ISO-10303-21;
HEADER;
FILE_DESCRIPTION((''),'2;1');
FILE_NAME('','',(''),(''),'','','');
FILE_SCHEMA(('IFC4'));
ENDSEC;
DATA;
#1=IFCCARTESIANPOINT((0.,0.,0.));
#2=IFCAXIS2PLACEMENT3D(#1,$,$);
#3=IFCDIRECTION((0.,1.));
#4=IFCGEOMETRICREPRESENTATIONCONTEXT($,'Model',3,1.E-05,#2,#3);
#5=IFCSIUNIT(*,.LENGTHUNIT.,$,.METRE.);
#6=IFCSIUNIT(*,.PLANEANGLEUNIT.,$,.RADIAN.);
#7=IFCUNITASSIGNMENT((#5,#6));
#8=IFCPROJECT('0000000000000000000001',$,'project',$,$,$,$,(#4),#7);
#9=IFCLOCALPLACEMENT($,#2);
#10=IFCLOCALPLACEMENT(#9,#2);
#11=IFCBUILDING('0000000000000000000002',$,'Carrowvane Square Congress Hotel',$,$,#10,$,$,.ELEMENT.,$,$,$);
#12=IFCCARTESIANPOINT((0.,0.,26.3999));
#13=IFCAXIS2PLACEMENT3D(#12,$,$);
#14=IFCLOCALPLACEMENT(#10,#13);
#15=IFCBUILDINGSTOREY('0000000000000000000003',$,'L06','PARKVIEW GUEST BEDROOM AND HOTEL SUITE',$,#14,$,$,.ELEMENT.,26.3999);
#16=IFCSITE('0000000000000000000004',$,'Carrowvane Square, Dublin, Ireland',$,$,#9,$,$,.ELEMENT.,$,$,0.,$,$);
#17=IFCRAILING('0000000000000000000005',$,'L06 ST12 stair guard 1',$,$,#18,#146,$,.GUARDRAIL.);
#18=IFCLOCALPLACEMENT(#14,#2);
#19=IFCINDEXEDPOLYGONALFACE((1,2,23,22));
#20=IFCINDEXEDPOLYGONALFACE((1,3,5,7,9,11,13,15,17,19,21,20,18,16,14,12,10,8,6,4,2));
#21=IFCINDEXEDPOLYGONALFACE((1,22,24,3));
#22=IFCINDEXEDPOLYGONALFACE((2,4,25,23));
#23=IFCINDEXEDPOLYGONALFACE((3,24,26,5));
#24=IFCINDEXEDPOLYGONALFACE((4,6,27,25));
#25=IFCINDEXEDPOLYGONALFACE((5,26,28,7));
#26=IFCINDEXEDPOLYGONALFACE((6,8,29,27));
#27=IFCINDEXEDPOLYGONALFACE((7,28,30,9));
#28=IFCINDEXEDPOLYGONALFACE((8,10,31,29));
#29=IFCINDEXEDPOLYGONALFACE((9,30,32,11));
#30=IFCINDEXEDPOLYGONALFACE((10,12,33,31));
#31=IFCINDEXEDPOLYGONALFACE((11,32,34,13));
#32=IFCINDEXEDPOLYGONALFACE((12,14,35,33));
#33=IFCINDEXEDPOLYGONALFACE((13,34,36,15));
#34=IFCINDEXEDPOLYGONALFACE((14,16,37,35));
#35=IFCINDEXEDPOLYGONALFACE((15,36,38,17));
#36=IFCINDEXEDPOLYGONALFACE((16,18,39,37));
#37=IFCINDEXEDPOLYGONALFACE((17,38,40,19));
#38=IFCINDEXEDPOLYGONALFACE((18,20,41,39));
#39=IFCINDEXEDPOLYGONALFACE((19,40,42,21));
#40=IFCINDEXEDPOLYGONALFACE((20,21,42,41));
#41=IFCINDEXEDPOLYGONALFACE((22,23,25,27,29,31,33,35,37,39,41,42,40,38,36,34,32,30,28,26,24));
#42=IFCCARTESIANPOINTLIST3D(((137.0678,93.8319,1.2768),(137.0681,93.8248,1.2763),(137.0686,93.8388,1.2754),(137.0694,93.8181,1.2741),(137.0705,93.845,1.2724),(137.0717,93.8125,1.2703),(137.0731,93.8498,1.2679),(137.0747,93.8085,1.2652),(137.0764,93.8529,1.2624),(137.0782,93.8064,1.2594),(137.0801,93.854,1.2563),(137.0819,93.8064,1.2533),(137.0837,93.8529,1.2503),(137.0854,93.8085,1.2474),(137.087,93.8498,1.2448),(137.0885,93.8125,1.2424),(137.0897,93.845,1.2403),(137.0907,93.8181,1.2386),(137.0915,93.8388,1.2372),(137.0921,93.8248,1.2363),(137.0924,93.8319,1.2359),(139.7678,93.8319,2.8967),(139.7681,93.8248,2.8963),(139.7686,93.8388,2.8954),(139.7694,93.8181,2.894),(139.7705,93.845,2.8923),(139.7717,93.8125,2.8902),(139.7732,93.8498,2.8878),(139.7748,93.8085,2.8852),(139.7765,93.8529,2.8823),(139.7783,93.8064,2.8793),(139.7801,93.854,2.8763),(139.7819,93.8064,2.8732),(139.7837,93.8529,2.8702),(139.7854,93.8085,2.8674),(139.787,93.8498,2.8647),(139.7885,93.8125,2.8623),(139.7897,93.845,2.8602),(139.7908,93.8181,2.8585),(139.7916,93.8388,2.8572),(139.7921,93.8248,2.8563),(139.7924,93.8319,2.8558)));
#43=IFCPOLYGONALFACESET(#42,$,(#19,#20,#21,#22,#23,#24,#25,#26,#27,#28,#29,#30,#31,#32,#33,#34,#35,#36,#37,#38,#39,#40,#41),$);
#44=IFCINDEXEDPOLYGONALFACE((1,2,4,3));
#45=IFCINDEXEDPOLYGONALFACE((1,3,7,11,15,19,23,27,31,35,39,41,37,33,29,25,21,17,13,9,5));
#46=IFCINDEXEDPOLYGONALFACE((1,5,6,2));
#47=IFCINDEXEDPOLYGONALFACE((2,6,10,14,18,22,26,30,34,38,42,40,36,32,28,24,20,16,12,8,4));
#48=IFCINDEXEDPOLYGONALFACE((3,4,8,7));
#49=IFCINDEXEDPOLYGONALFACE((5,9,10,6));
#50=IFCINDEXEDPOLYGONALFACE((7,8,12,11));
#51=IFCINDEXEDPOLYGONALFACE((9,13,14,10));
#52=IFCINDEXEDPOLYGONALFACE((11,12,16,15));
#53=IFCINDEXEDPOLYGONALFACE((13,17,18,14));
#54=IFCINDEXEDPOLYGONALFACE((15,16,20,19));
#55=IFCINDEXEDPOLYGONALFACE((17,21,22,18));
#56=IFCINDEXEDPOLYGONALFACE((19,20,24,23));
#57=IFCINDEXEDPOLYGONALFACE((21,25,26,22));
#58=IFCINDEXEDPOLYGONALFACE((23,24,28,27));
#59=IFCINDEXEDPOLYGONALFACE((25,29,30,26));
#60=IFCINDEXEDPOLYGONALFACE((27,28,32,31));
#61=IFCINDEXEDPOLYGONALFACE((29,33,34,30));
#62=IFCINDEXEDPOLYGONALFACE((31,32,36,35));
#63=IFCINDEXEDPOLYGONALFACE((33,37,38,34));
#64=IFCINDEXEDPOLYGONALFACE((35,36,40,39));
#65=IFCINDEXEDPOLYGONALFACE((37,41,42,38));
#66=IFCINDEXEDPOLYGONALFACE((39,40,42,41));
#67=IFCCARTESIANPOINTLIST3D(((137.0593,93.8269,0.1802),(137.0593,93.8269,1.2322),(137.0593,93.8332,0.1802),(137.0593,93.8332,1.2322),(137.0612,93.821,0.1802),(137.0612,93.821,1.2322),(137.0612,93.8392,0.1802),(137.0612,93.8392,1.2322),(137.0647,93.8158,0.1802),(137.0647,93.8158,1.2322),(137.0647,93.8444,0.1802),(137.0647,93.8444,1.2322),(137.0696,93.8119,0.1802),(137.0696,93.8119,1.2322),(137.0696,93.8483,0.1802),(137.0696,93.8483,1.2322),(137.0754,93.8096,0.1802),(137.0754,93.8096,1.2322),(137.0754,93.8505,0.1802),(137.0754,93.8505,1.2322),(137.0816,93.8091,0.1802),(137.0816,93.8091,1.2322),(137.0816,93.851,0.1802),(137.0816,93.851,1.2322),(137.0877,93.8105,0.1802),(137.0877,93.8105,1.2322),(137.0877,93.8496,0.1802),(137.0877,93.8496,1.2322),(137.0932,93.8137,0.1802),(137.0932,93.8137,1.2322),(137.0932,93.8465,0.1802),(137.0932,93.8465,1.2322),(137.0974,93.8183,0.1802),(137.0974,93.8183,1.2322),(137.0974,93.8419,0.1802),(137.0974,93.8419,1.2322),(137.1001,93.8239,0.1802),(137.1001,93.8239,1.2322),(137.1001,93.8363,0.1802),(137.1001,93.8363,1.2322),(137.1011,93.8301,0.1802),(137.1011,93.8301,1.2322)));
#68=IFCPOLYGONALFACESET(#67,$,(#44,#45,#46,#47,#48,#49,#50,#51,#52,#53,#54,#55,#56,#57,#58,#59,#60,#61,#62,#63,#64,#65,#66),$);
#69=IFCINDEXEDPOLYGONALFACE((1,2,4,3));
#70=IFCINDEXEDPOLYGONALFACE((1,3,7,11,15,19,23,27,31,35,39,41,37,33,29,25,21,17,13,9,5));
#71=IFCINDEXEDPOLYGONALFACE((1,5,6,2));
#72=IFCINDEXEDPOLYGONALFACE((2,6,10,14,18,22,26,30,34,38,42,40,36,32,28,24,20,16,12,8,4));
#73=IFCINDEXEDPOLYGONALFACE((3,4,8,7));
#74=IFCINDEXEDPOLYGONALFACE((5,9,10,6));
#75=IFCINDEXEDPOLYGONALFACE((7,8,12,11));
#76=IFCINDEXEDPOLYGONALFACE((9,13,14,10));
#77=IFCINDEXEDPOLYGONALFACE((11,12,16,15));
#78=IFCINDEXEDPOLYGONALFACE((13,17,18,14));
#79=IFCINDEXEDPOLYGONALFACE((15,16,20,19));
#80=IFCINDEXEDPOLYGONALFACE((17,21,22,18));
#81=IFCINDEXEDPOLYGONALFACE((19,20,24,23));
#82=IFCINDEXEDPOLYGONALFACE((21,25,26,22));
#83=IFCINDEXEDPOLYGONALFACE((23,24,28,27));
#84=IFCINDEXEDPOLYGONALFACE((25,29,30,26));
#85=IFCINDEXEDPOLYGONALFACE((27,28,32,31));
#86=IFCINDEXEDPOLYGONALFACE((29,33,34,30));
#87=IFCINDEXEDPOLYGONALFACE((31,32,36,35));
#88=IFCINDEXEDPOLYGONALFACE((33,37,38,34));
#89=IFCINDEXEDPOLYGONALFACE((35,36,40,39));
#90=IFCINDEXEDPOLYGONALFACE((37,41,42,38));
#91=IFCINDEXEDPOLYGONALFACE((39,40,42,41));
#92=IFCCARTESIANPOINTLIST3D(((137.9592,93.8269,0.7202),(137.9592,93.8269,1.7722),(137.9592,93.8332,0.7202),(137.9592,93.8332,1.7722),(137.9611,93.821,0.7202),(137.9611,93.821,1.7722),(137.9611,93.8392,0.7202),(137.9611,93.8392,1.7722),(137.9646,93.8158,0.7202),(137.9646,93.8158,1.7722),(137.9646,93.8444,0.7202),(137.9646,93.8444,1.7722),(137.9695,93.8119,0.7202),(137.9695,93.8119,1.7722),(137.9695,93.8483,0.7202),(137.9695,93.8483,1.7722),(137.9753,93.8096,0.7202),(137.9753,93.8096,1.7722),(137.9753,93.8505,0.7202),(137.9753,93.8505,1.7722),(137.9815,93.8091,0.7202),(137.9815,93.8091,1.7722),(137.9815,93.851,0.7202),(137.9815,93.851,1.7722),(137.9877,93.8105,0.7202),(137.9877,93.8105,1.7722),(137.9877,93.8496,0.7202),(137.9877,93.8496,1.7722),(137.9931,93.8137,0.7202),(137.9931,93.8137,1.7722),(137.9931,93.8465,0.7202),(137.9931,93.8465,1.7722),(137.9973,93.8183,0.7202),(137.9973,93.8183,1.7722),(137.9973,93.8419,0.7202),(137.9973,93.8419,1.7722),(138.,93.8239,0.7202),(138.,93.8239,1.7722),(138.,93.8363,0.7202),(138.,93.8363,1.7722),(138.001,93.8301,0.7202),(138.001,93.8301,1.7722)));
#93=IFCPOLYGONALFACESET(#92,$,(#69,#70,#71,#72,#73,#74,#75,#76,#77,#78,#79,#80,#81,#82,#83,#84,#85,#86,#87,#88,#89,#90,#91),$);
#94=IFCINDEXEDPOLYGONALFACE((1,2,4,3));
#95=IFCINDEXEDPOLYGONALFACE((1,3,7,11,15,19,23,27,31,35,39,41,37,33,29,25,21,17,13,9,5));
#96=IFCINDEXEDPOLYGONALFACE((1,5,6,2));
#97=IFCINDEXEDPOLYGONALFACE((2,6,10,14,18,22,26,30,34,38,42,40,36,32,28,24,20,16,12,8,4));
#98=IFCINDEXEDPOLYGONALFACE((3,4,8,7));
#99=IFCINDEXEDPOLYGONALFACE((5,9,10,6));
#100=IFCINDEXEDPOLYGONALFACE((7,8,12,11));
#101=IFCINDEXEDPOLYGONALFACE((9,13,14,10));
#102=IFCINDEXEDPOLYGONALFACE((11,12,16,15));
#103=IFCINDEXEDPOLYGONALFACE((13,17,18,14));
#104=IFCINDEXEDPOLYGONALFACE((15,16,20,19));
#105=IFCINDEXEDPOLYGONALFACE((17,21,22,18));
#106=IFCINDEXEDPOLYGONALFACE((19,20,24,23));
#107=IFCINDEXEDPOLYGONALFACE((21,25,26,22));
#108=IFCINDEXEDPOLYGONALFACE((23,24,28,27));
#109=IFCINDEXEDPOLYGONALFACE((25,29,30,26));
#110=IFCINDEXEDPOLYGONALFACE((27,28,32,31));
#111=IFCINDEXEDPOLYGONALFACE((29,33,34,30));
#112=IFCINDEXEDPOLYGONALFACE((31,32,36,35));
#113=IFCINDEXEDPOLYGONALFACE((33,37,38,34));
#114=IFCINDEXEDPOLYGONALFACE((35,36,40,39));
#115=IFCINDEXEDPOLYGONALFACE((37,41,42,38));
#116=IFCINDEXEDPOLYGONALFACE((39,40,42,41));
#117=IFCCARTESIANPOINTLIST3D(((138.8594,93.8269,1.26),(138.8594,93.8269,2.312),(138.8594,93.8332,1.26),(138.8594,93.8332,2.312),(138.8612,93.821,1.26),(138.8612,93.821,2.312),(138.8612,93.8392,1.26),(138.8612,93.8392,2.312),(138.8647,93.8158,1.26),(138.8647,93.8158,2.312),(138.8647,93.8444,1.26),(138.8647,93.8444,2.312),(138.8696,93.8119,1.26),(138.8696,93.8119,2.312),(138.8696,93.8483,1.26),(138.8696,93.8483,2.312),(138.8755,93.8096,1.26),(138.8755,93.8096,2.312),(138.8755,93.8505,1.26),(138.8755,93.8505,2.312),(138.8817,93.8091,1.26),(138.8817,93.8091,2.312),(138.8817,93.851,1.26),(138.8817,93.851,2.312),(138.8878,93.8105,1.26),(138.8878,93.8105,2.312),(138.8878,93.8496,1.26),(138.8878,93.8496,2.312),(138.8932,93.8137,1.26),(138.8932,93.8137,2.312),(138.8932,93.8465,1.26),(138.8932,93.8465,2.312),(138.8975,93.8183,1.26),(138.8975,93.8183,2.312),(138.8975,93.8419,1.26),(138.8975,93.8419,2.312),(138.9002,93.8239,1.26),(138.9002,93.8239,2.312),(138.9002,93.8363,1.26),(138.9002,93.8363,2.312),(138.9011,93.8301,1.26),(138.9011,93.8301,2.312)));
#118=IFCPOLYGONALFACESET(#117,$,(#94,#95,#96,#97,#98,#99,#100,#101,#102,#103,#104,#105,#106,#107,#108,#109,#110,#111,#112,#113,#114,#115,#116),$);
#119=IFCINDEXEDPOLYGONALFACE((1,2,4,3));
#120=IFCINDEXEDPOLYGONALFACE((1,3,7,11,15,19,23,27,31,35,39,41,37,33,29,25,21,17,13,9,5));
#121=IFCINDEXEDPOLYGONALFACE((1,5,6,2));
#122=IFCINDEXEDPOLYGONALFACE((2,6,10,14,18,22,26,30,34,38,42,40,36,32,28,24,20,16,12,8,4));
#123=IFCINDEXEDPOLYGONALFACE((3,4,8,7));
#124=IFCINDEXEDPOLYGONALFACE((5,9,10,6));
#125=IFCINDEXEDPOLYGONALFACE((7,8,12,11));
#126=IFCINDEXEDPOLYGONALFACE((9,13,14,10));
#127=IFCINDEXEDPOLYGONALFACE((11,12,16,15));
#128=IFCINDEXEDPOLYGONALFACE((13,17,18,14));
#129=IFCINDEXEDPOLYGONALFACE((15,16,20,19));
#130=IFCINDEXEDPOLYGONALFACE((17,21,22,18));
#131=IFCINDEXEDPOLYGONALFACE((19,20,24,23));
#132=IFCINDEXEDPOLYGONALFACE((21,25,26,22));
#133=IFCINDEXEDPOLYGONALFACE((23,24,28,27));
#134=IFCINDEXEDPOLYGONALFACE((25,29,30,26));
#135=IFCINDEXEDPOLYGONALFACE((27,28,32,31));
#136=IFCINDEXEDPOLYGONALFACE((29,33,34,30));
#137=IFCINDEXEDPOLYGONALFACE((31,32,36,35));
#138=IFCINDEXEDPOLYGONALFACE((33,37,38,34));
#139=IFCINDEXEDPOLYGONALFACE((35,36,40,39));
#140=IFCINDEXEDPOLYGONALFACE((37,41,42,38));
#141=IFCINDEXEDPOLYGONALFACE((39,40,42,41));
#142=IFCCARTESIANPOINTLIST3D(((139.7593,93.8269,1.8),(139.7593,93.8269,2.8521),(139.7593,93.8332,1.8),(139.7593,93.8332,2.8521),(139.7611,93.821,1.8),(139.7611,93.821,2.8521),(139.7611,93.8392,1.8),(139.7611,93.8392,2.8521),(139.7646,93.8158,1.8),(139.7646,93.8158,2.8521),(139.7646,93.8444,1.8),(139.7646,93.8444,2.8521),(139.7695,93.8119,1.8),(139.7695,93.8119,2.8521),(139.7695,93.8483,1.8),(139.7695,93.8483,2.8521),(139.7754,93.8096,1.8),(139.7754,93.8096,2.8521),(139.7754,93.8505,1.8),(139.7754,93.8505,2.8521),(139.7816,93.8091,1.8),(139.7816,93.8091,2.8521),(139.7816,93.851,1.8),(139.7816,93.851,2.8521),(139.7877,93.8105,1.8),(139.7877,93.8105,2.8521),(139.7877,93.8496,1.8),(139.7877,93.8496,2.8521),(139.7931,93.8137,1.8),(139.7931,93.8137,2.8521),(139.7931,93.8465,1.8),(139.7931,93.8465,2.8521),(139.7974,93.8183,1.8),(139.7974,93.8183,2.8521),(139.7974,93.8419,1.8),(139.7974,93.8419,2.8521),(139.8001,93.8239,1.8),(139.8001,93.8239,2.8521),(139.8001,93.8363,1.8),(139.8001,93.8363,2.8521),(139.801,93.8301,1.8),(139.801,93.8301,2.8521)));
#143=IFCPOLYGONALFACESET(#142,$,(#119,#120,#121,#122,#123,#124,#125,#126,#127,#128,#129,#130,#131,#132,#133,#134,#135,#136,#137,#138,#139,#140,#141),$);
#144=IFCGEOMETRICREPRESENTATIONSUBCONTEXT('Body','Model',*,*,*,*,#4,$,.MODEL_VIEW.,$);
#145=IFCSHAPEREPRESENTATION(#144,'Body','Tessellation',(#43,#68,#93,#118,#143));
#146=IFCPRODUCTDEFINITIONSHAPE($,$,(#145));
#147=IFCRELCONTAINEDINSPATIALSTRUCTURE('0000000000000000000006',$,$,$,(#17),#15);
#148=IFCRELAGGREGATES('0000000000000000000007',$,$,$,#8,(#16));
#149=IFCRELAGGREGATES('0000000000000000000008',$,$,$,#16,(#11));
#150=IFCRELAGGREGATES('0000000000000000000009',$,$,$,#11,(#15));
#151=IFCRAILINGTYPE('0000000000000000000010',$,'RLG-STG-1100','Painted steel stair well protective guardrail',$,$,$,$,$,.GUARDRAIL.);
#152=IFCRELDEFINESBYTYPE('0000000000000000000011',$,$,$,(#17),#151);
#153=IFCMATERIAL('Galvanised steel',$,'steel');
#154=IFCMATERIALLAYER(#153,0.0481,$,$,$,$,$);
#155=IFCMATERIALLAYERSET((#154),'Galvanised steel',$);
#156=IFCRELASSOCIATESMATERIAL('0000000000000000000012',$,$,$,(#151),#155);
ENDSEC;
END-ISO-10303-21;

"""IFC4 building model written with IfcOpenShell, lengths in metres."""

from ifc_helpers import new_model, si_unit, direction, frame, origin, origin_2d, place, context, subcontext, project, spatial, circle, extrude, material, layer, layer_set, type_object, element, save


model = new_model("IFC4")

# Units and contexts
model_context = context("Model", 3, precision=1e-05, world=origin(), true_north=direction((0.0, 1.0)))
body_context = subcontext(model_context, "Body", "Model", "MODEL_VIEW")
ifc_project = project(units=[si_unit("LENGTHUNIT", "METRE"), si_unit("PLANEANGLEUNIT", "RADIAN")], contexts=[model_context])

# Site, building, storey
site_placement = place(None, origin())
site = spatial("IfcSite", under=ifc_project, at=site_placement, Name="Carrowvane Square, Dublin, Ireland", CompositionType="ELEMENT", RefElevation=0.0)
building_placement = place(site_placement, origin())
building = spatial("IfcBuilding", under=site, at=building_placement, Name="Carrowvane Square Congress Hotel", CompositionType="ELEMENT")
storey_placement = place(building_placement, frame((0.0, 0.0, 26.3999)))
storey = spatial("IfcBuildingStorey", under=building, at=storey_placement, Name="L06", Description="PARKVIEW GUEST BEDROOM AND HOTEL SUITE", CompositionType="ELEMENT", Elevation=26.3999)

# Railing
ifc_material_1 = material(Name="Galvanised steel", Category="steel")
ifc_layer_1 = layer(ifc_material_1, 0.0481)
ifc_layer_set_1 = layer_set([ifc_layer_1], Name="Galvanised steel")
railing_type_1 = type_object("IfcRailingType", Name="RLG-STG-1100", Description="Painted steel stair well protective guardrail", PredefinedType="GUARDRAIL", material=ifc_layer_set_1)
railing_1_placement = place(storey_placement, frame((137.0801, 93.8301, 0.1802)))
element("IfcRailing", 1, at=railing_1_placement, inside=storey, type_object=railing_type_1, Name="L06 ST12 stair guard 1", PredefinedType="GUARDRAIL", context=body_context, shape_type="SweptSolid", body=[
    extrude(circle(Radius=0.0239, at=origin_2d()), frame((0.0, 0.0, 1.0762), z_axis=(0.857507, 0.0, 0.514473), x_axis=(0.0, 1.0, 0.0)), (0.0, 0.0, 1.0), 3.1487),
    extrude(circle(Radius=0.021, at=origin_2d()), origin(), (0.0, 0.0, 1.0), 1.052),
    extrude(circle(Radius=0.021, at=origin_2d()), frame((0.8999, 0.0, 0.54)), (0.0, 0.0, 1.0), 1.052),
    extrude(circle(Radius=0.021, at=origin_2d()), frame((1.8, 0.0, 1.0798)), (0.0, 0.0, 1.0), 1.052),
    extrude(circle(Radius=0.021, at=origin_2d()), frame((2.7, 0.0, 1.6199)), (0.0, 0.0, 1.0), 1.052),
])

save(model, "model.ifc")
